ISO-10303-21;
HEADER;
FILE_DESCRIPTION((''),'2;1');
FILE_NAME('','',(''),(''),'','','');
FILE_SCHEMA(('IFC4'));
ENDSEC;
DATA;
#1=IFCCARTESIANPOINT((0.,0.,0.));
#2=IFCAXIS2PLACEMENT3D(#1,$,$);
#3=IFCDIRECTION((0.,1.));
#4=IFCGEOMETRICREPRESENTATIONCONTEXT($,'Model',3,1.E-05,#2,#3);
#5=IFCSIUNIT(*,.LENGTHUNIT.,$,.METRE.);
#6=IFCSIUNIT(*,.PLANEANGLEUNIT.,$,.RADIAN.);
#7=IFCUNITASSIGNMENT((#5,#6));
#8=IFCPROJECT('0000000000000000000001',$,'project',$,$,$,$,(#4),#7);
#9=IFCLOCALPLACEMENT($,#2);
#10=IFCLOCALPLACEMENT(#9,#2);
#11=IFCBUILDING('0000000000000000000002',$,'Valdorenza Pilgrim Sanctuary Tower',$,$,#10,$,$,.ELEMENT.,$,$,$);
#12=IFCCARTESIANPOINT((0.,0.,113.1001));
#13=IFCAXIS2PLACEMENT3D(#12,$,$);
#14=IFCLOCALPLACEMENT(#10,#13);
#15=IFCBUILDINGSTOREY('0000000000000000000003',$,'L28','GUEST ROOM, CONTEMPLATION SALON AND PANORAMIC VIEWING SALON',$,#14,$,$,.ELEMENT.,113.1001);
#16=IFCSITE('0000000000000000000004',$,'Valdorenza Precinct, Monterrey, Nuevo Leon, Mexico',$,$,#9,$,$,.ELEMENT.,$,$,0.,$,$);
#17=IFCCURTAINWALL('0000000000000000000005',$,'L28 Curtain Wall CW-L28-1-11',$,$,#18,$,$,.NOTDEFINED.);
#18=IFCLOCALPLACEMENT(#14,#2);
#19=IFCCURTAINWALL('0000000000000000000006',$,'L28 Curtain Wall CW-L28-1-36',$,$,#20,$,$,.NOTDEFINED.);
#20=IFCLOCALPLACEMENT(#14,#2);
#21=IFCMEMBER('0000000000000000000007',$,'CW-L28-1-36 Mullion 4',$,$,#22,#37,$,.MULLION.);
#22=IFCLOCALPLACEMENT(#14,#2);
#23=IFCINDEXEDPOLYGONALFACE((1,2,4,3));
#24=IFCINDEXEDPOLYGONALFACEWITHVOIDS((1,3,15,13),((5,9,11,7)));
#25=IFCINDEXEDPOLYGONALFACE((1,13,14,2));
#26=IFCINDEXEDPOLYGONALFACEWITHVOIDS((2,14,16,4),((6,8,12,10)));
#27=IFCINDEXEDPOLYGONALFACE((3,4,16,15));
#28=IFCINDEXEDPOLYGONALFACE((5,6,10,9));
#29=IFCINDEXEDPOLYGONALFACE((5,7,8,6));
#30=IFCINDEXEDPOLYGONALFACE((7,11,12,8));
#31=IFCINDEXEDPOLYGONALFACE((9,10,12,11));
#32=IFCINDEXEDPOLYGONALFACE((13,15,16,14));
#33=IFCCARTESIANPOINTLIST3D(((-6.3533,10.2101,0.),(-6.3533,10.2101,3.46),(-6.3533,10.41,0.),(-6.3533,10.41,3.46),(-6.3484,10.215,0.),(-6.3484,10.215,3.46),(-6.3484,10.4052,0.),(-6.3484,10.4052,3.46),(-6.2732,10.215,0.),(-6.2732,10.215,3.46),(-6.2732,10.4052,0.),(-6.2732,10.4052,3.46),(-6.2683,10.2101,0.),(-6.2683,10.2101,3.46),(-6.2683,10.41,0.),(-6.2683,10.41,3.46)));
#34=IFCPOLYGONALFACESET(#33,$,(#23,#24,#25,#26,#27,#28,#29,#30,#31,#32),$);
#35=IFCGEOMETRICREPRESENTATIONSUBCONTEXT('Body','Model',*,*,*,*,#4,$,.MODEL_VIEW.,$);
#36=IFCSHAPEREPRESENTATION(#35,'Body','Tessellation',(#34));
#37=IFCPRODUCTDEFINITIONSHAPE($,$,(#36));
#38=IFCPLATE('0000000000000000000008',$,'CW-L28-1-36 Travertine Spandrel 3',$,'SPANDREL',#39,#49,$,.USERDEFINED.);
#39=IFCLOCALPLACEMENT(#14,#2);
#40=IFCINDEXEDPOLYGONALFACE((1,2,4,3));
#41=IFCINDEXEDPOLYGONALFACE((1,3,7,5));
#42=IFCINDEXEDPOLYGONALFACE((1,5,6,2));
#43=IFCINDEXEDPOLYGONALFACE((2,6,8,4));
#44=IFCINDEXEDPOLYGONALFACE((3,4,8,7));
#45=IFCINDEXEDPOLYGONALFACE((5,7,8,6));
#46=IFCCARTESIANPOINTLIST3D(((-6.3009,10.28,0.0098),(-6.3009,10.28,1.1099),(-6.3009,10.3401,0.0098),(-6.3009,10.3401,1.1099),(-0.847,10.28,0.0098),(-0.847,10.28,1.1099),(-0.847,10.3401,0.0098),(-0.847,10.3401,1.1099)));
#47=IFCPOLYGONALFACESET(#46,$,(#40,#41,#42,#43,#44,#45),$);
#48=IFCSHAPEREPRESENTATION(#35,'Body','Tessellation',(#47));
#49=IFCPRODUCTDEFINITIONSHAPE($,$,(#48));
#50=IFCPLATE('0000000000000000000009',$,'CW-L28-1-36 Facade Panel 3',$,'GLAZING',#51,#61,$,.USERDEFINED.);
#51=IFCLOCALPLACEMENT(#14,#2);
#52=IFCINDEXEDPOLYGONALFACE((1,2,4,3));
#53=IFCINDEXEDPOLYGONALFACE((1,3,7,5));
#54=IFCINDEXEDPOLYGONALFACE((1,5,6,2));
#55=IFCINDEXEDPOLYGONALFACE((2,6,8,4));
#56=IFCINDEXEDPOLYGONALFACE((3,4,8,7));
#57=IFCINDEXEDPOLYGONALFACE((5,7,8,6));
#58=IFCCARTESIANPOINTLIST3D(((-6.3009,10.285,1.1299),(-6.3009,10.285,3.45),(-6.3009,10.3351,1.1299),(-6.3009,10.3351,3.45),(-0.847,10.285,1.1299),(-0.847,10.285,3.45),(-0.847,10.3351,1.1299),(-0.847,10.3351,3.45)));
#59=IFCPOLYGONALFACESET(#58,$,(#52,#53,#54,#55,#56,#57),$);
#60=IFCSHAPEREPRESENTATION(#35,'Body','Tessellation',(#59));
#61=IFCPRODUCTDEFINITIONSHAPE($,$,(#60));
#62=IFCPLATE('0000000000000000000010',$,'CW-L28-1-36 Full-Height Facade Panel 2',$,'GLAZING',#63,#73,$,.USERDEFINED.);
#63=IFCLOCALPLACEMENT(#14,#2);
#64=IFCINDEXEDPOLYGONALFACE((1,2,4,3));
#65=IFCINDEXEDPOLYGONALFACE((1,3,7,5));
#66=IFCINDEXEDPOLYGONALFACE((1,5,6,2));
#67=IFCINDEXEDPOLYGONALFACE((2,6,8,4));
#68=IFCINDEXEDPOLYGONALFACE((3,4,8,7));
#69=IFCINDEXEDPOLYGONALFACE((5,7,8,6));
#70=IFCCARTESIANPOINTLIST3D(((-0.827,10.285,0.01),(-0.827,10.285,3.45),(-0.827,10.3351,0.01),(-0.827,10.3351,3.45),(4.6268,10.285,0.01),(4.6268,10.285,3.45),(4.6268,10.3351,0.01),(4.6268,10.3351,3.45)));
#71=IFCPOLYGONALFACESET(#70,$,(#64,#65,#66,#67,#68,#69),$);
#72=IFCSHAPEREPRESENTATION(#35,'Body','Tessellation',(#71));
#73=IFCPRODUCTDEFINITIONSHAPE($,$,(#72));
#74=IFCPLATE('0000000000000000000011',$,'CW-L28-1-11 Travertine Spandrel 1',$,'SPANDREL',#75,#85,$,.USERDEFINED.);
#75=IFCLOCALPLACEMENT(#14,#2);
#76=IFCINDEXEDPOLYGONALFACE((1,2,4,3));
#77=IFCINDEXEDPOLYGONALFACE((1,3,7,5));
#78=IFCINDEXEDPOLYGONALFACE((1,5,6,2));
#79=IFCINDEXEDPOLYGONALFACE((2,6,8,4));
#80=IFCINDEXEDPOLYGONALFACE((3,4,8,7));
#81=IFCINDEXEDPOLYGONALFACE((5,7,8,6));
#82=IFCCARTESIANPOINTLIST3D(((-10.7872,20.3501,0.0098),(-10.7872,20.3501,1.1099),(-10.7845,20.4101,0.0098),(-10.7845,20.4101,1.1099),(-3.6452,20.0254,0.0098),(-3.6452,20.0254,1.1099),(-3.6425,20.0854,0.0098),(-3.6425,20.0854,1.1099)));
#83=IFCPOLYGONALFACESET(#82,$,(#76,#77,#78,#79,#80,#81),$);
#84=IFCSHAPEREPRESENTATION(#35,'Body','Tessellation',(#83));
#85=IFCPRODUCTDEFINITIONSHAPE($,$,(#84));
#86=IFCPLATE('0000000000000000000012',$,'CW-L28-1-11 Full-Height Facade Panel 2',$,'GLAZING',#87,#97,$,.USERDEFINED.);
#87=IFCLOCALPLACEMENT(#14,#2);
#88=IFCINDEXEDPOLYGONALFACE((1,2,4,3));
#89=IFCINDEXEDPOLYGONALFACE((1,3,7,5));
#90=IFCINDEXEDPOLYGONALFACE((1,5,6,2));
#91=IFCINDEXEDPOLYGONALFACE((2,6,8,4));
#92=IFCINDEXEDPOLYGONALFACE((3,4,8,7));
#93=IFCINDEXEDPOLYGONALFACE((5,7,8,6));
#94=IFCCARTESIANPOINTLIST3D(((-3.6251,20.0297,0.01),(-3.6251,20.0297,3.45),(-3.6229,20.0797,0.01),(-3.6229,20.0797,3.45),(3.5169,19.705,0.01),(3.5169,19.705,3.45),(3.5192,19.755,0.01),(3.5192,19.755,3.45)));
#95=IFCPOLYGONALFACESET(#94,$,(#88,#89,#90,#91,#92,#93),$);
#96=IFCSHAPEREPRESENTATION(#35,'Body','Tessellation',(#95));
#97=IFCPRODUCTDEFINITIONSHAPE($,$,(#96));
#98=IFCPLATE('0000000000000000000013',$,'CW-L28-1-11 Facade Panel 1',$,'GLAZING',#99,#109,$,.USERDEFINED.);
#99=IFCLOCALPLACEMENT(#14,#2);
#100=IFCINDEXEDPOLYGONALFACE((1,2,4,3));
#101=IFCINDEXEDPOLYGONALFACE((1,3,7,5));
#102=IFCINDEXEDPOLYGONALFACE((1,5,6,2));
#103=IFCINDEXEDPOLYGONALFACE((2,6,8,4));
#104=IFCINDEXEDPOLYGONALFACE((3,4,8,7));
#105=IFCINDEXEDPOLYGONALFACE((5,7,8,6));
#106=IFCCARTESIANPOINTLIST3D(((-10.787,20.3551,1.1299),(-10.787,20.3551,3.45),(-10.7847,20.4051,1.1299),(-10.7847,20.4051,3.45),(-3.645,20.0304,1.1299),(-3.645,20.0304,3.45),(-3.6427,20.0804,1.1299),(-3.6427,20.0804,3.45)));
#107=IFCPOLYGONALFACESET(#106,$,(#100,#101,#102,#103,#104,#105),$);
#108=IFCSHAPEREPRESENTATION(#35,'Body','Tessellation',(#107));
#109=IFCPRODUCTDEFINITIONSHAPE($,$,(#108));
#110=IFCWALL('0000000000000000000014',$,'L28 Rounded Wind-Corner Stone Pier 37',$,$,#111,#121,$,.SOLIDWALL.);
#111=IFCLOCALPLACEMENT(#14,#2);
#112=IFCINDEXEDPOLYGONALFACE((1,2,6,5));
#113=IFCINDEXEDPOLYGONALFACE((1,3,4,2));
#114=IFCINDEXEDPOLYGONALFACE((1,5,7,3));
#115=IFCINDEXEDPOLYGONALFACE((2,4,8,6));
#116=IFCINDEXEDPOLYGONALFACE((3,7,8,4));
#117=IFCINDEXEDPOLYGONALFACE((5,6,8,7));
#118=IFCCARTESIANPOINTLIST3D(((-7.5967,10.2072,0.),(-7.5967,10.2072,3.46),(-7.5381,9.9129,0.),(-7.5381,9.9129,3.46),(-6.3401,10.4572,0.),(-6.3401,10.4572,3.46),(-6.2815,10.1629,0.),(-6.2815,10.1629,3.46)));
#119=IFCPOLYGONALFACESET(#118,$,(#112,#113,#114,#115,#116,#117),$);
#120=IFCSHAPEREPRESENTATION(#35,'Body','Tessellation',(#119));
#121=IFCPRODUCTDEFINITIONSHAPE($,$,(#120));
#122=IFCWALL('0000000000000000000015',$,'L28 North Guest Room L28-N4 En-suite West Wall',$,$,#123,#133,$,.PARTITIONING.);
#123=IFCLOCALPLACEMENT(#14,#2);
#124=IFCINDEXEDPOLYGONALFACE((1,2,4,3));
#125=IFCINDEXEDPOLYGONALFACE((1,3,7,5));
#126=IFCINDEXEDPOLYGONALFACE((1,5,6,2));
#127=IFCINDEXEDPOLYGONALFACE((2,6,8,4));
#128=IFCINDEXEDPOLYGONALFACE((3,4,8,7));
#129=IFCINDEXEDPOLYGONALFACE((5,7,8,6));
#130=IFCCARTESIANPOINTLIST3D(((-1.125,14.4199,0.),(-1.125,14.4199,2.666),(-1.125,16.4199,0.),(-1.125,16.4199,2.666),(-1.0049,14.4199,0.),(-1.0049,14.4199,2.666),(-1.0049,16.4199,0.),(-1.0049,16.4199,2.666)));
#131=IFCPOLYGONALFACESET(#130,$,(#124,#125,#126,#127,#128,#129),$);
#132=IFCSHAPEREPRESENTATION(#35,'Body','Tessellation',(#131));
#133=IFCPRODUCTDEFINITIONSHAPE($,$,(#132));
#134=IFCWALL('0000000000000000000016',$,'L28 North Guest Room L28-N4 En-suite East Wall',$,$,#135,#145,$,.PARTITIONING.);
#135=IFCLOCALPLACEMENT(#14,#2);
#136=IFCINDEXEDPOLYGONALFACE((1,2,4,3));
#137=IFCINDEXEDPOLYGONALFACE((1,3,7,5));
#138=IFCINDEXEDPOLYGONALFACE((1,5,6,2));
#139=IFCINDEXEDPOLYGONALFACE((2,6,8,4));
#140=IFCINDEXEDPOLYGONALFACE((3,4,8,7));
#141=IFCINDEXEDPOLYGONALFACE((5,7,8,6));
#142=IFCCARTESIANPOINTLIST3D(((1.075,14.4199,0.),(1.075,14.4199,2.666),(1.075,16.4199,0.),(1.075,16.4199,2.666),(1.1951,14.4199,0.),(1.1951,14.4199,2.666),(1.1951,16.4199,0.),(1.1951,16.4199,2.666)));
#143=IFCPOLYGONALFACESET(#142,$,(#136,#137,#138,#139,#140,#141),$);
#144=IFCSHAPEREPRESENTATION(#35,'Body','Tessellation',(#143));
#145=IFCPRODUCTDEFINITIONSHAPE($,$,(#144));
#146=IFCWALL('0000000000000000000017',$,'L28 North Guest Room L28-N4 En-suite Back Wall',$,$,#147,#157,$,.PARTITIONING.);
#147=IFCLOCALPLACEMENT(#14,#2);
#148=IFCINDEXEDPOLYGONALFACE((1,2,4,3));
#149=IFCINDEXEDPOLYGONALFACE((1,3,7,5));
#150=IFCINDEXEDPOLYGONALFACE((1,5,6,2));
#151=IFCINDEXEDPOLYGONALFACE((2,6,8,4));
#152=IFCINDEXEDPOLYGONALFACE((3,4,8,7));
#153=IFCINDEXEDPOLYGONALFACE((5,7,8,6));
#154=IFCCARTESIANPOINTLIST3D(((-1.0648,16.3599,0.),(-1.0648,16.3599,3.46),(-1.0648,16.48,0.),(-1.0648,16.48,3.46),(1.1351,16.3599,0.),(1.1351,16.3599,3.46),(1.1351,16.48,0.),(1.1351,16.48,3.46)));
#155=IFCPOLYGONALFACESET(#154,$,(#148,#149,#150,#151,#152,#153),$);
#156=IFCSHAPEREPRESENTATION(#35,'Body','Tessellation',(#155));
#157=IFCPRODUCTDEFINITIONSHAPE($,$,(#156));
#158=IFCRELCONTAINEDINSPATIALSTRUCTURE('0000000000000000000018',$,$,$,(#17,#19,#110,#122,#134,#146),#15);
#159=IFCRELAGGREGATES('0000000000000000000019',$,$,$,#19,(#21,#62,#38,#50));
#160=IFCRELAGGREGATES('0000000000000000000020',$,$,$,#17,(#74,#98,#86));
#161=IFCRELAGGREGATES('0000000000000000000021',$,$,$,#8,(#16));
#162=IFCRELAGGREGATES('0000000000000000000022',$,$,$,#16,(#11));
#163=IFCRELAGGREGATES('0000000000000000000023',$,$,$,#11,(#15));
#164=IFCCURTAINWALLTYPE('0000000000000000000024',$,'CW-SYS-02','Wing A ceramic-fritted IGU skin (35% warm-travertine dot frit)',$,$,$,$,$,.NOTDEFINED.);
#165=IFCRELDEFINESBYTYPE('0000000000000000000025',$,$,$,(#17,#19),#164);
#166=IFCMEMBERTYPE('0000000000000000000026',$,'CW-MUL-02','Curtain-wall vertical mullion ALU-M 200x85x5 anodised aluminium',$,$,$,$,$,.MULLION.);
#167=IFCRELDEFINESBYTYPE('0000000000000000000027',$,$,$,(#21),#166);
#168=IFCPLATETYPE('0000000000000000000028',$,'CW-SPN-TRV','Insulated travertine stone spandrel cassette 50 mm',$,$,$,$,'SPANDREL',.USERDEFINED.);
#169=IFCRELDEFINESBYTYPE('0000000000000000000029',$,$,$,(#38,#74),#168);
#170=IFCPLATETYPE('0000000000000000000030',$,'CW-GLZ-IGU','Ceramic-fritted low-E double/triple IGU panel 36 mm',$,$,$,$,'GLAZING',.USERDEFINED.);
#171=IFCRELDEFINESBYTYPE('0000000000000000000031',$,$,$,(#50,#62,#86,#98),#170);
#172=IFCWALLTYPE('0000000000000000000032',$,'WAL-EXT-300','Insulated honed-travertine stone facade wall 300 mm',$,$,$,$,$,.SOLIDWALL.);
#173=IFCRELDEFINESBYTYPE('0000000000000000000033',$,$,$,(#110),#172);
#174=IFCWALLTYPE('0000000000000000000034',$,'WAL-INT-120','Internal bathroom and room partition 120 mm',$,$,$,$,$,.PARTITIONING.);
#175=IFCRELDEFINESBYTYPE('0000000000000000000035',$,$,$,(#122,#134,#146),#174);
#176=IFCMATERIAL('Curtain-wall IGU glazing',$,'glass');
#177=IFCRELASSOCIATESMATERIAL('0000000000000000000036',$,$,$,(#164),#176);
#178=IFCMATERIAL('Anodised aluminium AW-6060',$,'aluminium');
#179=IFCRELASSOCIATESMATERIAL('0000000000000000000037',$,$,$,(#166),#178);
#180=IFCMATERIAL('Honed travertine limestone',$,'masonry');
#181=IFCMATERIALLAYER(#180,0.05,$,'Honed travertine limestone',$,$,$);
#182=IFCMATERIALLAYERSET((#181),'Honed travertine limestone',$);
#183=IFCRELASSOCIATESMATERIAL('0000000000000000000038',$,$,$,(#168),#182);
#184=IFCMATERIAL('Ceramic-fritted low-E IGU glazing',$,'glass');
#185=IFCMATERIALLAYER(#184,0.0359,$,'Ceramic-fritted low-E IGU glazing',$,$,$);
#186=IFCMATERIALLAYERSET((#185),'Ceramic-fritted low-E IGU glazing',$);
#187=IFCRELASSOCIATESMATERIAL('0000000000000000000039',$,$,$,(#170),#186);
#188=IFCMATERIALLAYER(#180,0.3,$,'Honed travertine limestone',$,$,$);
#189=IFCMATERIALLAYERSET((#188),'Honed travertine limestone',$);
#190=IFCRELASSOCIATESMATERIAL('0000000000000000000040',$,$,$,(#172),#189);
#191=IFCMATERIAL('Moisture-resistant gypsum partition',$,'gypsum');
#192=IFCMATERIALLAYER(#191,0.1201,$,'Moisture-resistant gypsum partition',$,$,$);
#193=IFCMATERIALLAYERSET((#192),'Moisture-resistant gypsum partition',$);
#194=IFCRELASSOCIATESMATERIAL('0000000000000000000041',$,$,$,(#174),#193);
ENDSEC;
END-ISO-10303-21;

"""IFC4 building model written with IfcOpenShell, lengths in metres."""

from ifc_helpers import new_model, si_unit, direction, frame, frame_2d, origin, origin_2d, place, context, subcontext, project, spatial, rectangle, hollow_rectangle, extrude, source, transform, mapped, material, layer, layer_set, material_profile, profile_set, type_object, element, aggregate, save


model = new_model("IFC4")

# Units and contexts
model_context = context("Model", 3, precision=1e-05, world=origin(), true_north=direction((0.0, 1.0)))
body_context = subcontext(model_context, "Body", "Model", "MODEL_VIEW")
ifc_project = project(units=[si_unit("LENGTHUNIT", "METRE"), si_unit("PLANEANGLEUNIT", "RADIAN")], contexts=[model_context])

# Site, building, storey
site_placement = place(None, origin())
site = spatial("IfcSite", under=ifc_project, at=site_placement, Name="Valdorenza Precinct, Monterrey, Nuevo Leon, Mexico", CompositionType="ELEMENT", RefElevation=0.0)
building_placement = place(site_placement, origin())
building = spatial("IfcBuilding", under=site, at=building_placement, Name="Valdorenza Pilgrim Sanctuary Tower", CompositionType="ELEMENT")
storey_placement = place(building_placement, frame((0.0, 0.0, 113.1001)))
storey = spatial("IfcBuildingStorey", under=building, at=storey_placement, Name="L28", Description="GUEST ROOM, CONTEMPLATION SALON AND PANORAMIC VIEWING SALON", CompositionType="ELEMENT", Elevation=113.1001)

# Curtain wall
ifc_material_1 = material(Name="Curtain-wall IGU glazing", Category="glass")
curtain_wall_type = type_object("IfcCurtainWallType", Name="CW-SYS-02", Description="Wing A ceramic-fritted IGU skin (35% warm-travertine dot frit)", PredefinedType="NOTDEFINED", material=ifc_material_1)
curtain_wall_1_placement = place(storey_placement, origin())
curtain_wall_1 = element("IfcCurtainWall", 1, at=curtain_wall_1_placement, inside=storey, type_object=curtain_wall_type, Name="L28 Curtain Wall CW-L28-1-11", PredefinedType="NOTDEFINED")
ifc_material_2 = material(Name="Anodised aluminium AW-6060", Category="aluminium")
ifc_material_profile_1 = material_profile(ifc_material_2, hollow_rectangle(XDim=0.085, YDim=0.2, WallThickness=0.0049, at=origin_2d()), Name="ALU-M 200x85x5")
ifc_profile_set_1 = profile_set([ifc_material_profile_1], Name="Anodised aluminium AW-6060")
member_type = type_object("IfcMemberType", Name="CW-MUL-02", Description="Curtain-wall vertical mullion ALU-M 200x85x5 anodised aluminium", PredefinedType="MULLION", material=ifc_profile_set_1)
shared_shape_1 = source(origin(), body_context, "Body", "SweptSolid", [
    extrude(hollow_rectangle(XDim=0.085, YDim=0.2, WallThickness=0.0049, at=origin_2d()), origin(), (0.0, 0.0, 1.0), 3.46),
])

# Curtain wall, member, plates
curtain_wall_2_placement = place(storey_placement, origin())
curtain_wall_2 = element("IfcCurtainWall", 2, at=curtain_wall_2_placement, inside=storey, type_object=curtain_wall_type, Name="L28 Curtain Wall CW-L28-1-36", PredefinedType="NOTDEFINED")
member_1_placement = place(storey_placement, frame((-6.3108, 10.3101, 0.0), z_axis=(0.0, 0.0, 1.0), x_axis=(-1.0, 0.0, 0.0)))
member_1 = element("IfcMember", 3, at=member_1_placement, type_object=member_type, Name="CW-L28-1-36 Mullion 4", PredefinedType="MULLION", context=body_context, shape_type="MappedRepresentation", body=[
    mapped(shared_shape_1, transform((0.0, 0.0, 0.0), x_axis=(1.0, 0.0, 0.0), y_axis=(0.0, 1.0, 0.0), z_axis=(0.0, 0.0, 1.0), scale=1.0)),
])
ifc_material_3 = material(Name="Honed travertine limestone", Category="masonry")
ifc_layer_1 = layer(ifc_material_3, 0.05, Name="Honed travertine limestone")
ifc_layer_set_1 = layer_set([ifc_layer_1], Name="Honed travertine limestone")
plate_type_1 = type_object("IfcPlateType", Name="CW-SPN-TRV", Description="Insulated travertine stone spandrel cassette 50 mm", ElementType="SPANDREL", PredefinedType="USERDEFINED", material=ifc_layer_set_1)
shared_shape_2 = source(origin(), body_context, "Body", "SweptSolid", [
    extrude(rectangle(XDim=5.4539, YDim=0.0601, at=origin_2d()), origin(), (0.0, 0.0, 1.0), 1.1001),
])
plate_1_placement = place(storey_placement, frame((-3.574, 10.3101, 0.0098), z_axis=(0.0, 0.0, 1.0), x_axis=(-1.0, 0.0, 0.0)))
plate_1 = element("IfcPlate", 4, at=plate_1_placement, type_object=plate_type_1, Name="CW-L28-1-36 Travertine Spandrel 3", ObjectType="SPANDREL", PredefinedType="USERDEFINED", context=body_context, shape_type="MappedRepresentation", body=[
    mapped(shared_shape_2, transform((0.0, 0.0, 0.0), x_axis=(1.0, 0.0, 0.0), y_axis=(0.0, 1.0, 0.0), z_axis=(0.0, 0.0, 1.0), scale=1.0)),
])
ifc_material_4 = material(Name="Ceramic-fritted low-E IGU glazing", Category="glass")
ifc_layer_2 = layer(ifc_material_4, 0.0359, Name="Ceramic-fritted low-E IGU glazing")
ifc_layer_set_2 = layer_set([ifc_layer_2], Name="Ceramic-fritted low-E IGU glazing")
plate_type_2 = type_object("IfcPlateType", Name="CW-GLZ-IGU", Description="Ceramic-fritted low-E double/triple IGU panel 36 mm", ElementType="GLAZING", PredefinedType="USERDEFINED", material=ifc_layer_set_2)
shared_shape_3 = source(origin(), body_context, "Body", "SweptSolid", [
    extrude(rectangle(XDim=5.4539, YDim=0.05, at=origin_2d()), origin(), (0.0, 0.0, 1.0), 2.3201),
])
plate_2_placement = place(storey_placement, frame((-3.574, 10.3101, 1.1299), z_axis=(0.0, 0.0, 1.0), x_axis=(-1.0, 0.0, 0.0)))
plate_2 = element("IfcPlate", 5, at=plate_2_placement, type_object=plate_type_2, Name="CW-L28-1-36 Facade Panel 3", ObjectType="GLAZING", PredefinedType="USERDEFINED", context=body_context, shape_type="MappedRepresentation", body=[
    mapped(shared_shape_3, transform((0.0, 0.0, 0.0), x_axis=(1.0, 0.0, 0.0), y_axis=(0.0, 1.0, 0.0), z_axis=(0.0, 0.0, 1.0), scale=1.0)),
])
shared_shape_4 = source(origin(), body_context, "Body", "SweptSolid", [
    extrude(rectangle(XDim=5.4539, YDim=0.05, at=origin_2d()), origin(), (0.0, 0.0, 1.0), 3.4399),
])
plate_3_placement = place(storey_placement, frame((1.8999, 10.3101, 0.01), z_axis=(0.0, 0.0, 1.0), x_axis=(-1.0, 0.0, 0.0)))
plate_3 = element("IfcPlate", 6, at=plate_3_placement, type_object=plate_type_2, Name="CW-L28-1-36 Full-Height Facade Panel 2", ObjectType="GLAZING", PredefinedType="USERDEFINED", context=body_context, shape_type="MappedRepresentation", body=[
    mapped(shared_shape_4, transform((0.0, 0.0, 0.0), x_axis=(1.0, 0.0, 0.0), y_axis=(0.0, 1.0, 0.0), z_axis=(0.0, 0.0, 1.0), scale=1.0)),
])
aggregate(curtain_wall_2, [member_1, plate_3, plate_1, plate_2])

# Plates
shared_shape_5 = source(origin(), body_context, "Body", "SweptSolid", [
    extrude(rectangle(XDim=7.1494, YDim=0.0601, at=origin_2d()), origin(), (0.0, 0.0, 1.0), 1.1001),
])
plate_4_placement = place(storey_placement, frame((-7.2148, 20.2178, 0.0098), z_axis=(0.0, 0.0, 1.0), x_axis=(0.998968, -0.045415, 0.0)))
plate_4 = element("IfcPlate", 7, at=plate_4_placement, type_object=plate_type_1, Name="CW-L28-1-11 Travertine Spandrel 1", ObjectType="SPANDREL", PredefinedType="USERDEFINED", context=body_context, shape_type="MappedRepresentation", body=[
    mapped(shared_shape_5, transform((0.0, 0.0, 0.0), x_axis=(1.0, 0.0, 0.0), y_axis=(0.0, 1.0, 0.0), z_axis=(0.0, 0.0, 1.0), scale=1.0)),
])
shared_shape_6 = source(origin(), body_context, "Body", "SweptSolid", [
    extrude(rectangle(XDim=7.1494, YDim=0.05, at=origin_2d()), origin(), (0.0, 0.0, 1.0), 3.4399),
])
plate_5_placement = place(storey_placement, frame((-0.053, 19.8923, 0.01), z_axis=(0.0, 0.0, 1.0), x_axis=(0.998968, -0.045415, 0.0)))
plate_5 = element("IfcPlate", 8, at=plate_5_placement, type_object=plate_type_2, Name="CW-L28-1-11 Full-Height Facade Panel 2", ObjectType="GLAZING", PredefinedType="USERDEFINED", context=body_context, shape_type="MappedRepresentation", body=[
    mapped(shared_shape_6, transform((0.0, 0.0, 0.0), x_axis=(1.0, 0.0, 0.0), y_axis=(0.0, 1.0, 0.0), z_axis=(0.0, 0.0, 1.0), scale=1.0)),
])
shared_shape_7 = source(origin(), body_context, "Body", "SweptSolid", [
    extrude(rectangle(XDim=7.1494, YDim=0.05, at=origin_2d()), origin(), (0.0, 0.0, 1.0), 2.3201),
])
plate_6_placement = place(storey_placement, frame((-7.2148, 20.2178, 1.1299), z_axis=(0.0, 0.0, 1.0), x_axis=(0.998968, -0.045415, 0.0)))
plate_6 = element("IfcPlate", 9, at=plate_6_placement, type_object=plate_type_2, Name="CW-L28-1-11 Facade Panel 1", ObjectType="GLAZING", PredefinedType="USERDEFINED", context=body_context, shape_type="MappedRepresentation", body=[
    mapped(shared_shape_7, transform((0.0, 0.0, 0.0), x_axis=(1.0, 0.0, 0.0), y_axis=(0.0, 1.0, 0.0), z_axis=(0.0, 0.0, 1.0), scale=1.0)),
])
aggregate(curtain_wall_1, [plate_4, plate_6, plate_5])

# Walls
ifc_layer_3 = layer(ifc_material_3, 0.3, Name="Honed travertine limestone")
ifc_layer_set_3 = layer_set([ifc_layer_3], Name="Honed travertine limestone")
wall_type_1 = type_object("IfcWallType", Name="WAL-EXT-300", Description="Insulated honed-travertine stone facade wall 300 mm", PredefinedType="SOLIDWALL", material=ifc_layer_set_3)
wall_1_placement = place(storey_placement, frame((-6.3108, 10.3101, 0.0), z_axis=(0.0, 0.0, 1.0), x_axis=(-0.980778, -0.195127, 0.0)))
element("IfcWall", 10, at=wall_1_placement, inside=storey, type_object=wall_type_1, Name="L28 Rounded Wind-Corner Stone Pier 37", PredefinedType="SOLIDWALL", context=body_context, shape_type="SweptSolid", body=[
    extrude(rectangle(XDim=1.2812, YDim=0.3, at=frame_2d((0.6406, 0.0))), origin(), (0.0, 0.0, 1.0), 3.46),
])
ifc_material_5 = material(Name="Moisture-resistant gypsum partition", Category="gypsum")
ifc_layer_4 = layer(ifc_material_5, 0.1201, Name="Moisture-resistant gypsum partition")
ifc_layer_set_4 = layer_set([ifc_layer_4], Name="Moisture-resistant gypsum partition")
wall_type_2 = type_object("IfcWallType", Name="WAL-INT-120", Description="Internal bathroom and room partition 120 mm", PredefinedType="PARTITIONING", material=ifc_layer_set_4)
for number, where, z_axis, x_axis, name in (
    (11, (-1.0649, 14.4199, 0.0), (0.0, 0.0, 1.0), (0.0, 1.0, 0.0), "L28 North Guest Room L28-N4 En-suite West Wall"),
    (12, (1.135, 14.4199, 0.0), (0.0, 0.0, 1.0), (0.0, 1.0, 0.0), "L28 North Guest Room L28-N4 En-suite East Wall"),
):
    element("IfcWall", number, at=place(storey_placement, frame(where, z_axis=z_axis, x_axis=x_axis)), inside=storey, type_object=wall_type_2, Name=name, PredefinedType="PARTITIONING", context=body_context, shape_type="SweptSolid", body=[
        extrude(rectangle(XDim=2.0, YDim=0.1201, at=frame_2d((1.0, 0.0))), origin(), (0.0, 0.0, 1.0), 2.666),
    ])
wall_2_placement = place(storey_placement, frame((-1.0649, 16.4199, 0.0), z_axis=(0.0, 0.0, 1.0), x_axis=(1.0, 0.0, 0.0)))
element("IfcWall", 13, at=wall_2_placement, inside=storey, type_object=wall_type_2, Name="L28 North Guest Room L28-N4 En-suite Back Wall", PredefinedType="PARTITIONING", context=body_context, shape_type="SweptSolid", body=[
    extrude(rectangle(XDim=2.2, YDim=0.1201, at=frame_2d((1.1001, 0.0))), origin(), (0.0, 0.0, 1.0), 3.46),
])

save(model, "model.ifc")
